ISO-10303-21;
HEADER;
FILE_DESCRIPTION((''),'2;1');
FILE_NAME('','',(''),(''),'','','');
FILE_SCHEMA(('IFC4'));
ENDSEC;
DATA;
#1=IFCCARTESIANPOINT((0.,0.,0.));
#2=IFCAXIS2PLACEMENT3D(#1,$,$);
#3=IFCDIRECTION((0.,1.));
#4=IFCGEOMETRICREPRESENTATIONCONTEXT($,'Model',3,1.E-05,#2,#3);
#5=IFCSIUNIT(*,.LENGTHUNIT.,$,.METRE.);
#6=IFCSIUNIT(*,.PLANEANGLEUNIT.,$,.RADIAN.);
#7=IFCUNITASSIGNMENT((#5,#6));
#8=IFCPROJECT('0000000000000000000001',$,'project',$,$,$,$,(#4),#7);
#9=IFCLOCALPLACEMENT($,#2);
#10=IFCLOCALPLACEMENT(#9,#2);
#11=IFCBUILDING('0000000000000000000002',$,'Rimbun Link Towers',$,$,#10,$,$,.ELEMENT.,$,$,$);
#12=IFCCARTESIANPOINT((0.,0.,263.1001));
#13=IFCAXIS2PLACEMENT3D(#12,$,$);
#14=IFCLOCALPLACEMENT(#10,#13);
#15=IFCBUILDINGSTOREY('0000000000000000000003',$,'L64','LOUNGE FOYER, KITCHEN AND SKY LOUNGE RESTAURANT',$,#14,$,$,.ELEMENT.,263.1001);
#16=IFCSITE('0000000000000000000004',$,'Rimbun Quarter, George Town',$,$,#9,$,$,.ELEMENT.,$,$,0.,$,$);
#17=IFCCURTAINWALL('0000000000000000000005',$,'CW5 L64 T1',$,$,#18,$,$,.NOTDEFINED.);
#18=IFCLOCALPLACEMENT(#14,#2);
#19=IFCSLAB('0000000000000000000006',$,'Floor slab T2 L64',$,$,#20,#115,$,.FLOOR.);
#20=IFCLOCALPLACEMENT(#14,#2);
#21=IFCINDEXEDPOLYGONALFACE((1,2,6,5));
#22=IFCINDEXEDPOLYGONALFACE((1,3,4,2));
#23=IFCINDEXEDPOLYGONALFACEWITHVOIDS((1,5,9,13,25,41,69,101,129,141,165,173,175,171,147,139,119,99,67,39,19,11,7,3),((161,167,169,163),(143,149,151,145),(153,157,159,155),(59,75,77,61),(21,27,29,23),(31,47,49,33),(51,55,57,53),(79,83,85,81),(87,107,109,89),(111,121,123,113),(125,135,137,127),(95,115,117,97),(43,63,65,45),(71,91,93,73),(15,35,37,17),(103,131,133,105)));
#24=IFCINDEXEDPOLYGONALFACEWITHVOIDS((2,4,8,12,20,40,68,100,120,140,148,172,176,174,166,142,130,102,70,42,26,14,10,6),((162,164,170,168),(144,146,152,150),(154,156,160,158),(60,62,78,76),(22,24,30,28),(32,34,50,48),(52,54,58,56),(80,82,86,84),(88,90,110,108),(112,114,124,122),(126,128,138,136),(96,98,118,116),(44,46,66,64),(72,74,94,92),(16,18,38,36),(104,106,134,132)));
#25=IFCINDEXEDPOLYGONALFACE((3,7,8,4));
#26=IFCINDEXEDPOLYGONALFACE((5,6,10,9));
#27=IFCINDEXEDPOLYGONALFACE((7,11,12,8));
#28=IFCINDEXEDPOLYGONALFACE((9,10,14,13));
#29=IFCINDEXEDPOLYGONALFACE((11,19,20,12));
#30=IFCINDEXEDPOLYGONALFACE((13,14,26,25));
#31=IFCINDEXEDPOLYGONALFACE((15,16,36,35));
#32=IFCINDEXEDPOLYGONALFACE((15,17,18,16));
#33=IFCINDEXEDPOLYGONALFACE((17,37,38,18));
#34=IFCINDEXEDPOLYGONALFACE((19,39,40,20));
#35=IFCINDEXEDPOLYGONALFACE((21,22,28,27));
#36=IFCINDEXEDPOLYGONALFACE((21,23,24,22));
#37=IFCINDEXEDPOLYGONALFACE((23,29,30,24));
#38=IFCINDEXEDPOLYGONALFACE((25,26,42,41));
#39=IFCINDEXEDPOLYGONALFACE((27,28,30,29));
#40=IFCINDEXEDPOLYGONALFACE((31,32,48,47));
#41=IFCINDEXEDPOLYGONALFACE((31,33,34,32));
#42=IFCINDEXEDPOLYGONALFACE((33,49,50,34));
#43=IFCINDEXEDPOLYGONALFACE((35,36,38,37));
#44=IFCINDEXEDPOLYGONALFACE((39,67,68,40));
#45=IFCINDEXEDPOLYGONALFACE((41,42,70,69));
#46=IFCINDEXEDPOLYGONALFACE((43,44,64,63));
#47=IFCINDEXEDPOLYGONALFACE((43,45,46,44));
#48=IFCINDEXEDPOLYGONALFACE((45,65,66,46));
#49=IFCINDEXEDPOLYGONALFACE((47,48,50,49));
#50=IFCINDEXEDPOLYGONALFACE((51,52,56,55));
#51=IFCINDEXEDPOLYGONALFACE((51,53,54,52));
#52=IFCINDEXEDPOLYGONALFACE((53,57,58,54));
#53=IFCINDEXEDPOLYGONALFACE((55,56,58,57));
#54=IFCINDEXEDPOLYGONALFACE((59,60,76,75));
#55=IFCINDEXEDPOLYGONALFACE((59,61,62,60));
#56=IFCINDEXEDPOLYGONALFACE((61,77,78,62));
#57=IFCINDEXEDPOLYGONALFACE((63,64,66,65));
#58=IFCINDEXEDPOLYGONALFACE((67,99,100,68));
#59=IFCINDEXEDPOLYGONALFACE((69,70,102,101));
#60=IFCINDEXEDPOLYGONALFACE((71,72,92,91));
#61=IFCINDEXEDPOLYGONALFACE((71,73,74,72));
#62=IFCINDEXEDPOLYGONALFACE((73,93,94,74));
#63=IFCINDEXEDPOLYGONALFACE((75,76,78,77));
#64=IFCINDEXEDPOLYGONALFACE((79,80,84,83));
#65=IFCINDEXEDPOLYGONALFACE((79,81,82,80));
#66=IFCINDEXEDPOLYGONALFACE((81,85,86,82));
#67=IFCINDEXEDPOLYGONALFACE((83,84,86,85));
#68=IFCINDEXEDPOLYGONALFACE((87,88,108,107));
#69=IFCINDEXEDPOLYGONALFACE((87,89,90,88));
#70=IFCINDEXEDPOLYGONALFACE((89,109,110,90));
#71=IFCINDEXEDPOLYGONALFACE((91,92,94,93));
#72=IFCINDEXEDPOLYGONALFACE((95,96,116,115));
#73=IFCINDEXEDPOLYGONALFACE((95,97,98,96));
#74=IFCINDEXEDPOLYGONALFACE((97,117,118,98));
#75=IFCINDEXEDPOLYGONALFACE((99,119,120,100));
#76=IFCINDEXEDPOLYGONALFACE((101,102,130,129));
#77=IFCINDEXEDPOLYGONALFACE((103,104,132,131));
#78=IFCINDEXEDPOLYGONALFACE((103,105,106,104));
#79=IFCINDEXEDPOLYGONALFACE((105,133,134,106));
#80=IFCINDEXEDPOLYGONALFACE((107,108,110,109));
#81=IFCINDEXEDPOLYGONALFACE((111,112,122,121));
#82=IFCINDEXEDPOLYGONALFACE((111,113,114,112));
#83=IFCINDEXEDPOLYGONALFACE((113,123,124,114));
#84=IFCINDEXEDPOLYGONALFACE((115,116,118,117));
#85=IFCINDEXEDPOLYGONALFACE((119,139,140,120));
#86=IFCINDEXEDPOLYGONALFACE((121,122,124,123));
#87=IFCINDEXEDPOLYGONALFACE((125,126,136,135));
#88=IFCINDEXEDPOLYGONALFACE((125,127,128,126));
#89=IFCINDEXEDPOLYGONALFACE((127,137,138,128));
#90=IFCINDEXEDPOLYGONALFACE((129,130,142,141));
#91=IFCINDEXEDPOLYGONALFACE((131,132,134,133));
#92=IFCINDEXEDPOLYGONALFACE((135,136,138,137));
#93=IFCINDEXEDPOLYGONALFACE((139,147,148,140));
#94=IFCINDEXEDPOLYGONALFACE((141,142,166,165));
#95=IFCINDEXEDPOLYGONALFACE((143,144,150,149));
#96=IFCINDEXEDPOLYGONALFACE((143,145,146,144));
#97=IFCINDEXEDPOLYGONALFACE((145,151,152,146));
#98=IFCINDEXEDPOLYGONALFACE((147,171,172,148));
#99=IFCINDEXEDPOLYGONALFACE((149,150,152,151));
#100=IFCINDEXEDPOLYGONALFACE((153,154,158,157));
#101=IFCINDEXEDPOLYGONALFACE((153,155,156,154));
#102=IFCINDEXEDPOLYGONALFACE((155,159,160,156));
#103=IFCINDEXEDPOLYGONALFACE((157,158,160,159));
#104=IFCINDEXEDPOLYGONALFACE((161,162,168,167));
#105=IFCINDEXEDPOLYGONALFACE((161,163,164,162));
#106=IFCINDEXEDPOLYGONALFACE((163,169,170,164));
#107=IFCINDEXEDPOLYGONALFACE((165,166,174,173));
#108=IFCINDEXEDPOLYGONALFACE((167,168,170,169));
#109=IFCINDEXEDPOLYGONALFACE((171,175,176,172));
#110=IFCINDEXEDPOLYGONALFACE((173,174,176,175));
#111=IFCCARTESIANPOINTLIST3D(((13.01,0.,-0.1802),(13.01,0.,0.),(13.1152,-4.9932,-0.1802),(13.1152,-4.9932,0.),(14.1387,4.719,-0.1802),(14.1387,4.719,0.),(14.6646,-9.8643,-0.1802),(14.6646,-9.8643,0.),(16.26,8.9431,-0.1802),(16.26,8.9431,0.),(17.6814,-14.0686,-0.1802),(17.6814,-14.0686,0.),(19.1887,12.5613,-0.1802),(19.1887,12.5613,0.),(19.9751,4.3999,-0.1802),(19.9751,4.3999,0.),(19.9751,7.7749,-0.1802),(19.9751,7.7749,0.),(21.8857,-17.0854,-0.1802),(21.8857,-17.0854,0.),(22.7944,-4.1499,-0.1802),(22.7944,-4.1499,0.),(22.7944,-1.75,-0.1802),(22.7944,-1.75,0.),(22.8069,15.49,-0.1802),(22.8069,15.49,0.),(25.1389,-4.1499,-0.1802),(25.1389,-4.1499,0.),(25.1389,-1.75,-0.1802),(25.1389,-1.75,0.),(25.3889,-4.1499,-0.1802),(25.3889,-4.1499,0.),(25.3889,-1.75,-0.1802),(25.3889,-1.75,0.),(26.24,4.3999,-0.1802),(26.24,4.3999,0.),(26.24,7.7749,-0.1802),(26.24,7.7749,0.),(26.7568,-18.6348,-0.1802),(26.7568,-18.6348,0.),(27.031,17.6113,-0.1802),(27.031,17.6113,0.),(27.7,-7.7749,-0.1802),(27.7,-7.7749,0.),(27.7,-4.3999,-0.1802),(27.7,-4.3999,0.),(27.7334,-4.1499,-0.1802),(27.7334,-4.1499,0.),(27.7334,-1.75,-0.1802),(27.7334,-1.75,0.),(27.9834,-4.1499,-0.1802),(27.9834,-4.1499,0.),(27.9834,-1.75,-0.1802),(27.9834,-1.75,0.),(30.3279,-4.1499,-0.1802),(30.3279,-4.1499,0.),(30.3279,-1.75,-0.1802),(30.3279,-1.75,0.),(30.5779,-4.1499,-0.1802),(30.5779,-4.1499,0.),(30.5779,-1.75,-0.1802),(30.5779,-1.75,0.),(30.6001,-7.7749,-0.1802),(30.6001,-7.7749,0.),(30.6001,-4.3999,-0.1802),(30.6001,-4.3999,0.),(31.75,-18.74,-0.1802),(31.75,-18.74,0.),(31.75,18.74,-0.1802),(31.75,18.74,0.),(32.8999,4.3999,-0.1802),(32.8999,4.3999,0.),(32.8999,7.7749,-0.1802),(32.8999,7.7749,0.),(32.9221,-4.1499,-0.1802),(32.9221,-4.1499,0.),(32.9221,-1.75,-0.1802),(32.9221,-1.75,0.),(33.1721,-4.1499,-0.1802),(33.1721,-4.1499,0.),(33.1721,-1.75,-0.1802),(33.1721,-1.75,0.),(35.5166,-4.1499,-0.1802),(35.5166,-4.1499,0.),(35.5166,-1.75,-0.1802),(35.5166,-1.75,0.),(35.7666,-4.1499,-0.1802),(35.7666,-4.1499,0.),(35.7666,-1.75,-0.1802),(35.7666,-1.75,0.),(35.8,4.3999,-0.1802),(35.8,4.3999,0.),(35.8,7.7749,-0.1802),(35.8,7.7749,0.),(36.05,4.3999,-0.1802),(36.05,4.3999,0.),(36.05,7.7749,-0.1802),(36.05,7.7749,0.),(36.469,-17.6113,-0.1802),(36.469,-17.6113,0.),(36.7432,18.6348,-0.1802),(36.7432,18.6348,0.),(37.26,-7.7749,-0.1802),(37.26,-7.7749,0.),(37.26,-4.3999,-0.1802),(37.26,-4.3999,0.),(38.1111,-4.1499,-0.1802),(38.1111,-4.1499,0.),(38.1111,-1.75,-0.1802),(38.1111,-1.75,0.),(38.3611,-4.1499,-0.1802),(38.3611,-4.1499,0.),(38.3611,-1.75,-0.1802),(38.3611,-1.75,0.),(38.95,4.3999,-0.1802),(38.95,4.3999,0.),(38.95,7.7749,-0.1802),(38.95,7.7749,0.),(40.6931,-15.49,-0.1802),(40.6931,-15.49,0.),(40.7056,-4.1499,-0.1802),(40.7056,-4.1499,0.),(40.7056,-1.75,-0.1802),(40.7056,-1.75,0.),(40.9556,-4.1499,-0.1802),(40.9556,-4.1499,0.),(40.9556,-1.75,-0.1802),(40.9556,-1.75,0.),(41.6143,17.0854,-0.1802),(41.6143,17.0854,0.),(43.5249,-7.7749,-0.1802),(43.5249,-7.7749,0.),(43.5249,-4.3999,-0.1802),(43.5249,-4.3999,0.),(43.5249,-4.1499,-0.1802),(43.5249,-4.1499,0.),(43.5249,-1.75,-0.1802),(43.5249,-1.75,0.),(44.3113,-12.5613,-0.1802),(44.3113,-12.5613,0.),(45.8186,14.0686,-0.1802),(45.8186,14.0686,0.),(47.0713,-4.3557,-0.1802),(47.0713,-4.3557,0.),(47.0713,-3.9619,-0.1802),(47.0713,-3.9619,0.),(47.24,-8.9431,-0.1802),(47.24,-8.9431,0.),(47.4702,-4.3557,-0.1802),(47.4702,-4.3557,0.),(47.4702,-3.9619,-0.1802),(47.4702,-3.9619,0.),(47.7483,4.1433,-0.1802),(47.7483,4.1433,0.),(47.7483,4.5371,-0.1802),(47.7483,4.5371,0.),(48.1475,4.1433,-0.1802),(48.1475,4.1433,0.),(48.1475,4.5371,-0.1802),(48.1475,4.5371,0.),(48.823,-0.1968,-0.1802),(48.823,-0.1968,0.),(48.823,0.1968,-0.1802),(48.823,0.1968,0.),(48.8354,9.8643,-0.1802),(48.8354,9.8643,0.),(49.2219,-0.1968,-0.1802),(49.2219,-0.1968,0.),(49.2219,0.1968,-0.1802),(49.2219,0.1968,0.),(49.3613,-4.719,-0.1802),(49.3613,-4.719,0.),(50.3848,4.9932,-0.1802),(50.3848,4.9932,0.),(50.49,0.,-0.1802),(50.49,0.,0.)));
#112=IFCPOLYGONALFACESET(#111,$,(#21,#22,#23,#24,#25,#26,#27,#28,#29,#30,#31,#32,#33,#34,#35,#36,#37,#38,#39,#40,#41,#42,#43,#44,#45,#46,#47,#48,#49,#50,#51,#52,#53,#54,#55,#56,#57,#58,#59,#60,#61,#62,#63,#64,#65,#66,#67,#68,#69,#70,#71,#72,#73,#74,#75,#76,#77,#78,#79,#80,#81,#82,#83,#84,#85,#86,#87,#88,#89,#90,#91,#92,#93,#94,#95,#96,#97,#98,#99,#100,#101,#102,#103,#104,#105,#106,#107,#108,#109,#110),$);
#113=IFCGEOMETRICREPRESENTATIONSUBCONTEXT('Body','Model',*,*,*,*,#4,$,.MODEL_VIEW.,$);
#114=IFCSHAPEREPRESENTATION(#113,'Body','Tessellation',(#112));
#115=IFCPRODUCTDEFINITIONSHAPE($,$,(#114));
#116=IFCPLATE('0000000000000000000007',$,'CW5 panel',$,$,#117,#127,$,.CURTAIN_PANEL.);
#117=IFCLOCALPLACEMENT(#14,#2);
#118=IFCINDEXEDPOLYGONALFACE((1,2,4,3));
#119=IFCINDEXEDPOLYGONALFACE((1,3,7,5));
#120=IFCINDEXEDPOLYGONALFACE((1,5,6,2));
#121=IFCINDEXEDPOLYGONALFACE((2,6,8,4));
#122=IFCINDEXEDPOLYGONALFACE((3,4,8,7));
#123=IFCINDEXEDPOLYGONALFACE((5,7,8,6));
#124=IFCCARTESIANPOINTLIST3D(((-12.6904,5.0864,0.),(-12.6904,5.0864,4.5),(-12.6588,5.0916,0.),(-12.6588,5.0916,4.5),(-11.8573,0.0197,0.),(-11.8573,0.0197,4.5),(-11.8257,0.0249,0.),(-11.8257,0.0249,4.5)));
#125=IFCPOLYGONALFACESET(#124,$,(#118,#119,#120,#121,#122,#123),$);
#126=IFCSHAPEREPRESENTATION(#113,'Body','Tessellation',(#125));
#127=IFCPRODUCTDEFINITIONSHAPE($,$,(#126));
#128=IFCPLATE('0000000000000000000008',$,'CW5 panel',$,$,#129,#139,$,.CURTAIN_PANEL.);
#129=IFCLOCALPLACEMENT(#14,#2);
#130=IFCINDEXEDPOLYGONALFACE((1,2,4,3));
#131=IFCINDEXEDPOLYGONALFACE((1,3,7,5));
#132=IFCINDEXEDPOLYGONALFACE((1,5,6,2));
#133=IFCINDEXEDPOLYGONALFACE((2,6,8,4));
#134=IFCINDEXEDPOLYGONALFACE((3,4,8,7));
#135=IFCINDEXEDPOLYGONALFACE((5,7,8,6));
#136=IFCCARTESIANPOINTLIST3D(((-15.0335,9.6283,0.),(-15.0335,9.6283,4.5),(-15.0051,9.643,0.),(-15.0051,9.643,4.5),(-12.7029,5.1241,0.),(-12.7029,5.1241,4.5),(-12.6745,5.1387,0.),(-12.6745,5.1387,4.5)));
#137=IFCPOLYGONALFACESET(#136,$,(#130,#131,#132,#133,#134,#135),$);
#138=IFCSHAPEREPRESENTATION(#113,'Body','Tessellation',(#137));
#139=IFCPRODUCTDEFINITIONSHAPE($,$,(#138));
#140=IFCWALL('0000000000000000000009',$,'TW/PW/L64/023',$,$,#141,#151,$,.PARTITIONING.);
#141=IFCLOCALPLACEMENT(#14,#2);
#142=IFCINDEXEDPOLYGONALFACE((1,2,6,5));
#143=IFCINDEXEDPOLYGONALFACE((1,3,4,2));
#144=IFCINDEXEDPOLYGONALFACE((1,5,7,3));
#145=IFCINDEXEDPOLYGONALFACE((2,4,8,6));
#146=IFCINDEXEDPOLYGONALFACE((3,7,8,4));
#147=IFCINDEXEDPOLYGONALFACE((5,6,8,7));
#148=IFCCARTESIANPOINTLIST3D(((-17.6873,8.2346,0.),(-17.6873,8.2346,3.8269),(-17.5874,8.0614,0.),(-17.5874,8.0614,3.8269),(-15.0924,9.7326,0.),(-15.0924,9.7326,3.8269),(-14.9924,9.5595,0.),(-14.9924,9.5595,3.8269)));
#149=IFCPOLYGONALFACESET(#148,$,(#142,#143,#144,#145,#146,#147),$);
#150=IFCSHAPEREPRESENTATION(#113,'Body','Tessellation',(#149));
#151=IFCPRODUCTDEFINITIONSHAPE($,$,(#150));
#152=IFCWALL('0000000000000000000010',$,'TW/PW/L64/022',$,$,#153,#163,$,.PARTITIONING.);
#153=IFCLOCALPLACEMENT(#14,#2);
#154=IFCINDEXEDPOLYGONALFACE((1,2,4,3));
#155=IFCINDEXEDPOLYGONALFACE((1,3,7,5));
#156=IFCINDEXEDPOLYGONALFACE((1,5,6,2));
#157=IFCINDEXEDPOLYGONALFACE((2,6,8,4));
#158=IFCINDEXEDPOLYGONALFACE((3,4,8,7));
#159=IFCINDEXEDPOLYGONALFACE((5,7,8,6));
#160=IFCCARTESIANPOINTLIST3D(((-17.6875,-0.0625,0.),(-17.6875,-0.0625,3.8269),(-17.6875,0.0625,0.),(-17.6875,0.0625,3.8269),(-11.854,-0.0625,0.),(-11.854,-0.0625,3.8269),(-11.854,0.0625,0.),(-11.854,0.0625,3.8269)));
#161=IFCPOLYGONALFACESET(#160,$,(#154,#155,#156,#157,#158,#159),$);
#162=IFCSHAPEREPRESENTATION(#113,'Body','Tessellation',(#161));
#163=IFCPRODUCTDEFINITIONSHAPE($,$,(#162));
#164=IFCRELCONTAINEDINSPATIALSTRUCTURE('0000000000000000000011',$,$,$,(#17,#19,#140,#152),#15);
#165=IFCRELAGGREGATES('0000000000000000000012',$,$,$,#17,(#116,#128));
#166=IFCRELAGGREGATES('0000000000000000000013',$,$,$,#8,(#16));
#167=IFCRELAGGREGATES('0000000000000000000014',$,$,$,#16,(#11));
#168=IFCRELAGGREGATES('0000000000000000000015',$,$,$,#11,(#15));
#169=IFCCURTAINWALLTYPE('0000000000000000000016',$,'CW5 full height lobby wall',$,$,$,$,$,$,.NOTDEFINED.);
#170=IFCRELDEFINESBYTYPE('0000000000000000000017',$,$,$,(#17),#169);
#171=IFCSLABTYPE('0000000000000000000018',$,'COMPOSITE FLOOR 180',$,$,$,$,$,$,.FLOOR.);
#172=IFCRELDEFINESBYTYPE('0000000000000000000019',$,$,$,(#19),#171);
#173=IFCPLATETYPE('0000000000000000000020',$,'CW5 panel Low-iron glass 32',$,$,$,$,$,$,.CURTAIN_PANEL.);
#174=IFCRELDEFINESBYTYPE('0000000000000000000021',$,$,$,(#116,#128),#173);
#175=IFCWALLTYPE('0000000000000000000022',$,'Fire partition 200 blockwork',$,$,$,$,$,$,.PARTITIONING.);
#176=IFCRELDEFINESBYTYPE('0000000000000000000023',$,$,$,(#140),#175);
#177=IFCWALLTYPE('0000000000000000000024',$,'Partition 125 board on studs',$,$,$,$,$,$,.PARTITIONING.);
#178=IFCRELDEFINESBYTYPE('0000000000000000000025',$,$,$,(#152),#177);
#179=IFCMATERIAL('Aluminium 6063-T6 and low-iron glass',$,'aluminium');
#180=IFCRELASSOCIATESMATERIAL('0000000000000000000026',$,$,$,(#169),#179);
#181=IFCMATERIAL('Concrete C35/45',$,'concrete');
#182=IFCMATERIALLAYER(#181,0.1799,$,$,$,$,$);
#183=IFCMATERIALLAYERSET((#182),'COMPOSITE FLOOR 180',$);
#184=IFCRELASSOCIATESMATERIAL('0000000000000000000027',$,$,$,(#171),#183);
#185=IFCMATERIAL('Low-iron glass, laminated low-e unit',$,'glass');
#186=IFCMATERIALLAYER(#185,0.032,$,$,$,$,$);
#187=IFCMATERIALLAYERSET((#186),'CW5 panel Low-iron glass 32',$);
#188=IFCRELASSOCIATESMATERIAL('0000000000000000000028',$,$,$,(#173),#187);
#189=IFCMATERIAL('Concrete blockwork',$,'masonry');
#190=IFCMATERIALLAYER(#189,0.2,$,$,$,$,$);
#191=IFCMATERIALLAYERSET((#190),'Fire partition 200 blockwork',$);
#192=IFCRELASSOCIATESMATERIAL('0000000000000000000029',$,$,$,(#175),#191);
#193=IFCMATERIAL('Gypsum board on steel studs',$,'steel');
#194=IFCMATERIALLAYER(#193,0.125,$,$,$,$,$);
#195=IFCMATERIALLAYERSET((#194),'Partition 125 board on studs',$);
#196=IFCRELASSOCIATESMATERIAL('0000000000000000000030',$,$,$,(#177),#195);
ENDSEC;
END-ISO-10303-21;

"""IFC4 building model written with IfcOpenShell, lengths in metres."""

from ifc_helpers import new_model, si_unit, direction, frame, frame_2d, origin, origin_2d, place, context, subcontext, project, spatial, polyline, rectangle, outline, extrude, material, layer, layer_set, type_object, element, aggregate, save


model = new_model("IFC4")

# Units and contexts
model_context = context("Model", 3, precision=1e-05, world=origin(), true_north=direction((0.0, 1.0)))
body_context = subcontext(model_context, "Body", "Model", "MODEL_VIEW")
ifc_project = project(units=[si_unit("LENGTHUNIT", "METRE"), si_unit("PLANEANGLEUNIT", "RADIAN")], contexts=[model_context])

# Site, building, storey
site_placement = place(None, origin())
site = spatial("IfcSite", under=ifc_project, at=site_placement, Name="Rimbun Quarter, George Town", CompositionType="ELEMENT", RefElevation=0.0)
building_placement = place(site_placement, origin())
building = spatial("IfcBuilding", under=site, at=building_placement, Name="Rimbun Link Towers", CompositionType="ELEMENT")
storey_placement = place(building_placement, frame((0.0, 0.0, 263.1001)))
storey = spatial("IfcBuildingStorey", under=building, at=storey_placement, Name="L64", Description="LOUNGE FOYER, KITCHEN AND SKY LOUNGE RESTAURANT", CompositionType="ELEMENT", Elevation=263.1001)

# Curtain wall
ifc_material_1 = material(Name="Aluminium 6063-T6 and low-iron glass", Category="aluminium")
curtain_wall_type = type_object("IfcCurtainWallType", Name="CW5 full height lobby wall", PredefinedType="NOTDEFINED", material=ifc_material_1)
curtain_wall_placement = place(storey_placement, origin())
curtain_wall = element("IfcCurtainWall", 1, at=curtain_wall_placement, inside=storey, type_object=curtain_wall_type, Name="CW5 L64 T1", PredefinedType="NOTDEFINED")

# Slab
ifc_material_2 = material(Name="Concrete C35/45", Category="concrete")
ifc_layer_1 = layer(ifc_material_2, 0.1799)
ifc_layer_set_1 = layer_set([ifc_layer_1], Name="COMPOSITE FLOOR 180")
slab_type = type_object("IfcSlabType", Name="COMPOSITE FLOOR 180", PredefinedType="FLOOR", material=ifc_layer_set_1)
slab_1_placement = place(storey_placement, frame((0.0, 0.0, -0.1802)))
element("IfcSlab", 2, at=slab_1_placement, inside=storey, type_object=slab_type, Name="Floor slab T2 L64", PredefinedType="FLOOR", context=body_context, shape_type="SweptSolid", body=[
    extrude(outline(polyline([(48.8354, 9.8643), (50.3848, 4.9932), (50.49, 0.0), (49.3613, -4.719), (47.24, -8.9431), (44.3113, -12.5613), (40.6931, -15.49), (36.469, -17.6113), (31.75, -18.74), (26.7568, -18.6348), (21.8857, -17.0854), (17.6814, -14.0686), (14.6646, -9.8643), (13.1152, -4.9932), (13.01, 0.0), (14.1387, 4.719), (16.26, 8.9431), (19.1887, 12.5613), (22.8069, 15.49), (27.031, 17.6113), (31.75, 18.74), (36.7432, 18.6348), (41.6143, 17.0854), (45.8186, 14.0686), (48.8354, 9.8643)]), holes=[polyline([(30.6001, -7.7749), (30.6001, -4.3999), (27.7, -4.3999), (27.7, -7.7749), (30.6001, -7.7749)]), polyline([(25.1389, -4.1499), (25.1389, -1.75), (22.7944, -1.75), (22.7944, -4.1499), (25.1389, -4.1499)]), polyline([(27.7334, -4.1499), (27.7334, -1.75), (25.3889, -1.75), (25.3889, -4.1499), (27.7334, -4.1499)]), polyline([(30.3279, -4.1499), (30.3279, -1.75), (27.9834, -1.75), (27.9834, -4.1499), (30.3279, -4.1499)]), polyline([(32.9221, -4.1499), (32.9221, -1.75), (30.5779, -1.75), (30.5779, -4.1499), (32.9221, -4.1499)]), polyline([(35.5166, -4.1499), (35.5166, -1.75), (33.1721, -1.75), (33.1721, -4.1499), (35.5166, -4.1499)]), polyline([(26.24, 4.3999), (26.24, 7.7749), (19.9751, 7.7749), (19.9751, 4.3999), (26.24, 4.3999)]), polyline([(35.8, 4.3999), (35.8, 7.7749), (32.8999, 7.7749), (32.8999, 4.3999), (35.8, 4.3999)]), polyline([(43.5249, -7.7749), (43.5249, -4.3999), (37.26, -4.3999), (37.26, -7.7749), (43.5249, -7.7749)]), polyline([(47.4702, -4.3557), (47.4702, -3.9619), (47.0713, -3.9619), (47.0713, -4.3557), (47.4702, -4.3557)]), polyline([(38.1111, -4.1499), (38.1111, -1.75), (35.7666, -1.75), (35.7666, -4.1499), (38.1111, -4.1499)]), polyline([(40.7056, -4.1499), (40.7056, -1.75), (38.3611, -1.75), (38.3611, -4.1499), (40.7056, -4.1499)]), polyline([(43.5249, -4.1499), (43.5249, -1.75), (40.9556, -1.75), (40.9556, -4.1499), (43.5249, -4.1499)]), polyline([(49.2219, -0.1968), (49.2219, 0.1968), (48.823, 0.1968), (48.823, -0.1968), (49.2219, -0.1968)]), polyline([(48.1475, 4.1433), (48.1475, 4.5371), (47.7483, 4.5371), (47.7483, 4.1433), (48.1475, 4.1433)]), polyline([(38.95, 4.3999), (38.95, 7.7749), (36.05, 7.7749), (36.05, 4.3999), (38.95, 4.3999)])]), origin(), (0.0, 0.0, 1.0), 0.1802),
])

# Plates
ifc_material_3 = material(Name="Low-iron glass, laminated low-e unit", Category="glass")
ifc_layer_2 = layer(ifc_material_3, 0.032)
ifc_layer_set_2 = layer_set([ifc_layer_2], Name="CW5 panel Low-iron glass 32")
plate_type = type_object("IfcPlateType", Name="CW5 panel Low-iron glass 32", PredefinedType="CURTAIN_PANEL", material=ifc_layer_set_2)
plate_1_placement = place(storey_placement, frame((-12.2581, 2.5557, 0.0), z_axis=(0.0, 0.0, 1.0), x_axis=(0.162249, -0.98675, 0.0)))
plate_1 = element("IfcPlate", 3, at=plate_1_placement, type_object=plate_type, Name="CW5 panel", PredefinedType="CURTAIN_PANEL", context=body_context, shape_type="SweptSolid", body=[
    extrude(rectangle(XDim=5.1348, YDim=0.032, at=origin_2d()), origin(), (0.0, 0.0, 1.0), 4.5),
])
plate_2_placement = place(storey_placement, frame((-13.854, 7.3835, 0.0), z_axis=(0.0, 0.0, 1.0), x_axis=(0.459551, -0.888152, 0.0)))
plate_2 = element("IfcPlate", 4, at=plate_2_placement, type_object=plate_type, Name="CW5 panel", PredefinedType="CURTAIN_PANEL", context=body_context, shape_type="SweptSolid", body=[
    extrude(rectangle(XDim=5.0715, YDim=0.032, at=origin_2d()), origin(), (0.0, 0.0, 1.0), 4.5),
])
aggregate(curtain_wall, [plate_1, plate_2])

# Walls
ifc_material_4 = material(Name="Concrete blockwork", Category="masonry")
ifc_layer_3 = layer(ifc_material_4, 0.2)
ifc_layer_set_3 = layer_set([ifc_layer_3], Name="Fire partition 200 blockwork")
wall_type_1 = type_object("IfcWallType", Name="Fire partition 200 blockwork", PredefinedType="PARTITIONING", material=ifc_layer_set_3)
wall_1_placement = place(storey_placement, frame((-15.0425, 9.646, 0.0), z_axis=(0.0, 0.0, 1.0), x_axis=(-0.866049, -0.49996, 0.0)))
element("IfcWall", 5, at=wall_1_placement, inside=storey, type_object=wall_type_1, Name="TW/PW/L64/023", PredefinedType="PARTITIONING", context=body_context, shape_type="SweptSolid", body=[
    extrude(rectangle(XDim=2.9963, YDim=0.2, at=frame_2d((1.498, 0.0))), origin(), (0.0, 0.0, 1.0), 3.8269),
])
ifc_material_5 = material(Name="Gypsum board on steel studs", Category="steel")
ifc_layer_4 = layer(ifc_material_5, 0.125)
ifc_layer_set_4 = layer_set([ifc_layer_4], Name="Partition 125 board on studs")
wall_type_2 = type_object("IfcWallType", Name="Partition 125 board on studs", PredefinedType="PARTITIONING", material=ifc_layer_set_4)
wall_2_placement = place(storey_placement, frame((-11.854, 0.0, 0.0), z_axis=(0.0, 0.0, 1.0), x_axis=(-1.0, 0.0, 0.0)))
element("IfcWall", 6, at=wall_2_placement, inside=storey, type_object=wall_type_2, Name="TW/PW/L64/022", PredefinedType="PARTITIONING", context=body_context, shape_type="SweptSolid", body=[
    extrude(rectangle(XDim=5.8335, YDim=0.125, at=frame_2d((2.9167, 0.0))), origin(), (0.0, 0.0, 1.0), 3.8269),
])

save(model, "model.ifc")
